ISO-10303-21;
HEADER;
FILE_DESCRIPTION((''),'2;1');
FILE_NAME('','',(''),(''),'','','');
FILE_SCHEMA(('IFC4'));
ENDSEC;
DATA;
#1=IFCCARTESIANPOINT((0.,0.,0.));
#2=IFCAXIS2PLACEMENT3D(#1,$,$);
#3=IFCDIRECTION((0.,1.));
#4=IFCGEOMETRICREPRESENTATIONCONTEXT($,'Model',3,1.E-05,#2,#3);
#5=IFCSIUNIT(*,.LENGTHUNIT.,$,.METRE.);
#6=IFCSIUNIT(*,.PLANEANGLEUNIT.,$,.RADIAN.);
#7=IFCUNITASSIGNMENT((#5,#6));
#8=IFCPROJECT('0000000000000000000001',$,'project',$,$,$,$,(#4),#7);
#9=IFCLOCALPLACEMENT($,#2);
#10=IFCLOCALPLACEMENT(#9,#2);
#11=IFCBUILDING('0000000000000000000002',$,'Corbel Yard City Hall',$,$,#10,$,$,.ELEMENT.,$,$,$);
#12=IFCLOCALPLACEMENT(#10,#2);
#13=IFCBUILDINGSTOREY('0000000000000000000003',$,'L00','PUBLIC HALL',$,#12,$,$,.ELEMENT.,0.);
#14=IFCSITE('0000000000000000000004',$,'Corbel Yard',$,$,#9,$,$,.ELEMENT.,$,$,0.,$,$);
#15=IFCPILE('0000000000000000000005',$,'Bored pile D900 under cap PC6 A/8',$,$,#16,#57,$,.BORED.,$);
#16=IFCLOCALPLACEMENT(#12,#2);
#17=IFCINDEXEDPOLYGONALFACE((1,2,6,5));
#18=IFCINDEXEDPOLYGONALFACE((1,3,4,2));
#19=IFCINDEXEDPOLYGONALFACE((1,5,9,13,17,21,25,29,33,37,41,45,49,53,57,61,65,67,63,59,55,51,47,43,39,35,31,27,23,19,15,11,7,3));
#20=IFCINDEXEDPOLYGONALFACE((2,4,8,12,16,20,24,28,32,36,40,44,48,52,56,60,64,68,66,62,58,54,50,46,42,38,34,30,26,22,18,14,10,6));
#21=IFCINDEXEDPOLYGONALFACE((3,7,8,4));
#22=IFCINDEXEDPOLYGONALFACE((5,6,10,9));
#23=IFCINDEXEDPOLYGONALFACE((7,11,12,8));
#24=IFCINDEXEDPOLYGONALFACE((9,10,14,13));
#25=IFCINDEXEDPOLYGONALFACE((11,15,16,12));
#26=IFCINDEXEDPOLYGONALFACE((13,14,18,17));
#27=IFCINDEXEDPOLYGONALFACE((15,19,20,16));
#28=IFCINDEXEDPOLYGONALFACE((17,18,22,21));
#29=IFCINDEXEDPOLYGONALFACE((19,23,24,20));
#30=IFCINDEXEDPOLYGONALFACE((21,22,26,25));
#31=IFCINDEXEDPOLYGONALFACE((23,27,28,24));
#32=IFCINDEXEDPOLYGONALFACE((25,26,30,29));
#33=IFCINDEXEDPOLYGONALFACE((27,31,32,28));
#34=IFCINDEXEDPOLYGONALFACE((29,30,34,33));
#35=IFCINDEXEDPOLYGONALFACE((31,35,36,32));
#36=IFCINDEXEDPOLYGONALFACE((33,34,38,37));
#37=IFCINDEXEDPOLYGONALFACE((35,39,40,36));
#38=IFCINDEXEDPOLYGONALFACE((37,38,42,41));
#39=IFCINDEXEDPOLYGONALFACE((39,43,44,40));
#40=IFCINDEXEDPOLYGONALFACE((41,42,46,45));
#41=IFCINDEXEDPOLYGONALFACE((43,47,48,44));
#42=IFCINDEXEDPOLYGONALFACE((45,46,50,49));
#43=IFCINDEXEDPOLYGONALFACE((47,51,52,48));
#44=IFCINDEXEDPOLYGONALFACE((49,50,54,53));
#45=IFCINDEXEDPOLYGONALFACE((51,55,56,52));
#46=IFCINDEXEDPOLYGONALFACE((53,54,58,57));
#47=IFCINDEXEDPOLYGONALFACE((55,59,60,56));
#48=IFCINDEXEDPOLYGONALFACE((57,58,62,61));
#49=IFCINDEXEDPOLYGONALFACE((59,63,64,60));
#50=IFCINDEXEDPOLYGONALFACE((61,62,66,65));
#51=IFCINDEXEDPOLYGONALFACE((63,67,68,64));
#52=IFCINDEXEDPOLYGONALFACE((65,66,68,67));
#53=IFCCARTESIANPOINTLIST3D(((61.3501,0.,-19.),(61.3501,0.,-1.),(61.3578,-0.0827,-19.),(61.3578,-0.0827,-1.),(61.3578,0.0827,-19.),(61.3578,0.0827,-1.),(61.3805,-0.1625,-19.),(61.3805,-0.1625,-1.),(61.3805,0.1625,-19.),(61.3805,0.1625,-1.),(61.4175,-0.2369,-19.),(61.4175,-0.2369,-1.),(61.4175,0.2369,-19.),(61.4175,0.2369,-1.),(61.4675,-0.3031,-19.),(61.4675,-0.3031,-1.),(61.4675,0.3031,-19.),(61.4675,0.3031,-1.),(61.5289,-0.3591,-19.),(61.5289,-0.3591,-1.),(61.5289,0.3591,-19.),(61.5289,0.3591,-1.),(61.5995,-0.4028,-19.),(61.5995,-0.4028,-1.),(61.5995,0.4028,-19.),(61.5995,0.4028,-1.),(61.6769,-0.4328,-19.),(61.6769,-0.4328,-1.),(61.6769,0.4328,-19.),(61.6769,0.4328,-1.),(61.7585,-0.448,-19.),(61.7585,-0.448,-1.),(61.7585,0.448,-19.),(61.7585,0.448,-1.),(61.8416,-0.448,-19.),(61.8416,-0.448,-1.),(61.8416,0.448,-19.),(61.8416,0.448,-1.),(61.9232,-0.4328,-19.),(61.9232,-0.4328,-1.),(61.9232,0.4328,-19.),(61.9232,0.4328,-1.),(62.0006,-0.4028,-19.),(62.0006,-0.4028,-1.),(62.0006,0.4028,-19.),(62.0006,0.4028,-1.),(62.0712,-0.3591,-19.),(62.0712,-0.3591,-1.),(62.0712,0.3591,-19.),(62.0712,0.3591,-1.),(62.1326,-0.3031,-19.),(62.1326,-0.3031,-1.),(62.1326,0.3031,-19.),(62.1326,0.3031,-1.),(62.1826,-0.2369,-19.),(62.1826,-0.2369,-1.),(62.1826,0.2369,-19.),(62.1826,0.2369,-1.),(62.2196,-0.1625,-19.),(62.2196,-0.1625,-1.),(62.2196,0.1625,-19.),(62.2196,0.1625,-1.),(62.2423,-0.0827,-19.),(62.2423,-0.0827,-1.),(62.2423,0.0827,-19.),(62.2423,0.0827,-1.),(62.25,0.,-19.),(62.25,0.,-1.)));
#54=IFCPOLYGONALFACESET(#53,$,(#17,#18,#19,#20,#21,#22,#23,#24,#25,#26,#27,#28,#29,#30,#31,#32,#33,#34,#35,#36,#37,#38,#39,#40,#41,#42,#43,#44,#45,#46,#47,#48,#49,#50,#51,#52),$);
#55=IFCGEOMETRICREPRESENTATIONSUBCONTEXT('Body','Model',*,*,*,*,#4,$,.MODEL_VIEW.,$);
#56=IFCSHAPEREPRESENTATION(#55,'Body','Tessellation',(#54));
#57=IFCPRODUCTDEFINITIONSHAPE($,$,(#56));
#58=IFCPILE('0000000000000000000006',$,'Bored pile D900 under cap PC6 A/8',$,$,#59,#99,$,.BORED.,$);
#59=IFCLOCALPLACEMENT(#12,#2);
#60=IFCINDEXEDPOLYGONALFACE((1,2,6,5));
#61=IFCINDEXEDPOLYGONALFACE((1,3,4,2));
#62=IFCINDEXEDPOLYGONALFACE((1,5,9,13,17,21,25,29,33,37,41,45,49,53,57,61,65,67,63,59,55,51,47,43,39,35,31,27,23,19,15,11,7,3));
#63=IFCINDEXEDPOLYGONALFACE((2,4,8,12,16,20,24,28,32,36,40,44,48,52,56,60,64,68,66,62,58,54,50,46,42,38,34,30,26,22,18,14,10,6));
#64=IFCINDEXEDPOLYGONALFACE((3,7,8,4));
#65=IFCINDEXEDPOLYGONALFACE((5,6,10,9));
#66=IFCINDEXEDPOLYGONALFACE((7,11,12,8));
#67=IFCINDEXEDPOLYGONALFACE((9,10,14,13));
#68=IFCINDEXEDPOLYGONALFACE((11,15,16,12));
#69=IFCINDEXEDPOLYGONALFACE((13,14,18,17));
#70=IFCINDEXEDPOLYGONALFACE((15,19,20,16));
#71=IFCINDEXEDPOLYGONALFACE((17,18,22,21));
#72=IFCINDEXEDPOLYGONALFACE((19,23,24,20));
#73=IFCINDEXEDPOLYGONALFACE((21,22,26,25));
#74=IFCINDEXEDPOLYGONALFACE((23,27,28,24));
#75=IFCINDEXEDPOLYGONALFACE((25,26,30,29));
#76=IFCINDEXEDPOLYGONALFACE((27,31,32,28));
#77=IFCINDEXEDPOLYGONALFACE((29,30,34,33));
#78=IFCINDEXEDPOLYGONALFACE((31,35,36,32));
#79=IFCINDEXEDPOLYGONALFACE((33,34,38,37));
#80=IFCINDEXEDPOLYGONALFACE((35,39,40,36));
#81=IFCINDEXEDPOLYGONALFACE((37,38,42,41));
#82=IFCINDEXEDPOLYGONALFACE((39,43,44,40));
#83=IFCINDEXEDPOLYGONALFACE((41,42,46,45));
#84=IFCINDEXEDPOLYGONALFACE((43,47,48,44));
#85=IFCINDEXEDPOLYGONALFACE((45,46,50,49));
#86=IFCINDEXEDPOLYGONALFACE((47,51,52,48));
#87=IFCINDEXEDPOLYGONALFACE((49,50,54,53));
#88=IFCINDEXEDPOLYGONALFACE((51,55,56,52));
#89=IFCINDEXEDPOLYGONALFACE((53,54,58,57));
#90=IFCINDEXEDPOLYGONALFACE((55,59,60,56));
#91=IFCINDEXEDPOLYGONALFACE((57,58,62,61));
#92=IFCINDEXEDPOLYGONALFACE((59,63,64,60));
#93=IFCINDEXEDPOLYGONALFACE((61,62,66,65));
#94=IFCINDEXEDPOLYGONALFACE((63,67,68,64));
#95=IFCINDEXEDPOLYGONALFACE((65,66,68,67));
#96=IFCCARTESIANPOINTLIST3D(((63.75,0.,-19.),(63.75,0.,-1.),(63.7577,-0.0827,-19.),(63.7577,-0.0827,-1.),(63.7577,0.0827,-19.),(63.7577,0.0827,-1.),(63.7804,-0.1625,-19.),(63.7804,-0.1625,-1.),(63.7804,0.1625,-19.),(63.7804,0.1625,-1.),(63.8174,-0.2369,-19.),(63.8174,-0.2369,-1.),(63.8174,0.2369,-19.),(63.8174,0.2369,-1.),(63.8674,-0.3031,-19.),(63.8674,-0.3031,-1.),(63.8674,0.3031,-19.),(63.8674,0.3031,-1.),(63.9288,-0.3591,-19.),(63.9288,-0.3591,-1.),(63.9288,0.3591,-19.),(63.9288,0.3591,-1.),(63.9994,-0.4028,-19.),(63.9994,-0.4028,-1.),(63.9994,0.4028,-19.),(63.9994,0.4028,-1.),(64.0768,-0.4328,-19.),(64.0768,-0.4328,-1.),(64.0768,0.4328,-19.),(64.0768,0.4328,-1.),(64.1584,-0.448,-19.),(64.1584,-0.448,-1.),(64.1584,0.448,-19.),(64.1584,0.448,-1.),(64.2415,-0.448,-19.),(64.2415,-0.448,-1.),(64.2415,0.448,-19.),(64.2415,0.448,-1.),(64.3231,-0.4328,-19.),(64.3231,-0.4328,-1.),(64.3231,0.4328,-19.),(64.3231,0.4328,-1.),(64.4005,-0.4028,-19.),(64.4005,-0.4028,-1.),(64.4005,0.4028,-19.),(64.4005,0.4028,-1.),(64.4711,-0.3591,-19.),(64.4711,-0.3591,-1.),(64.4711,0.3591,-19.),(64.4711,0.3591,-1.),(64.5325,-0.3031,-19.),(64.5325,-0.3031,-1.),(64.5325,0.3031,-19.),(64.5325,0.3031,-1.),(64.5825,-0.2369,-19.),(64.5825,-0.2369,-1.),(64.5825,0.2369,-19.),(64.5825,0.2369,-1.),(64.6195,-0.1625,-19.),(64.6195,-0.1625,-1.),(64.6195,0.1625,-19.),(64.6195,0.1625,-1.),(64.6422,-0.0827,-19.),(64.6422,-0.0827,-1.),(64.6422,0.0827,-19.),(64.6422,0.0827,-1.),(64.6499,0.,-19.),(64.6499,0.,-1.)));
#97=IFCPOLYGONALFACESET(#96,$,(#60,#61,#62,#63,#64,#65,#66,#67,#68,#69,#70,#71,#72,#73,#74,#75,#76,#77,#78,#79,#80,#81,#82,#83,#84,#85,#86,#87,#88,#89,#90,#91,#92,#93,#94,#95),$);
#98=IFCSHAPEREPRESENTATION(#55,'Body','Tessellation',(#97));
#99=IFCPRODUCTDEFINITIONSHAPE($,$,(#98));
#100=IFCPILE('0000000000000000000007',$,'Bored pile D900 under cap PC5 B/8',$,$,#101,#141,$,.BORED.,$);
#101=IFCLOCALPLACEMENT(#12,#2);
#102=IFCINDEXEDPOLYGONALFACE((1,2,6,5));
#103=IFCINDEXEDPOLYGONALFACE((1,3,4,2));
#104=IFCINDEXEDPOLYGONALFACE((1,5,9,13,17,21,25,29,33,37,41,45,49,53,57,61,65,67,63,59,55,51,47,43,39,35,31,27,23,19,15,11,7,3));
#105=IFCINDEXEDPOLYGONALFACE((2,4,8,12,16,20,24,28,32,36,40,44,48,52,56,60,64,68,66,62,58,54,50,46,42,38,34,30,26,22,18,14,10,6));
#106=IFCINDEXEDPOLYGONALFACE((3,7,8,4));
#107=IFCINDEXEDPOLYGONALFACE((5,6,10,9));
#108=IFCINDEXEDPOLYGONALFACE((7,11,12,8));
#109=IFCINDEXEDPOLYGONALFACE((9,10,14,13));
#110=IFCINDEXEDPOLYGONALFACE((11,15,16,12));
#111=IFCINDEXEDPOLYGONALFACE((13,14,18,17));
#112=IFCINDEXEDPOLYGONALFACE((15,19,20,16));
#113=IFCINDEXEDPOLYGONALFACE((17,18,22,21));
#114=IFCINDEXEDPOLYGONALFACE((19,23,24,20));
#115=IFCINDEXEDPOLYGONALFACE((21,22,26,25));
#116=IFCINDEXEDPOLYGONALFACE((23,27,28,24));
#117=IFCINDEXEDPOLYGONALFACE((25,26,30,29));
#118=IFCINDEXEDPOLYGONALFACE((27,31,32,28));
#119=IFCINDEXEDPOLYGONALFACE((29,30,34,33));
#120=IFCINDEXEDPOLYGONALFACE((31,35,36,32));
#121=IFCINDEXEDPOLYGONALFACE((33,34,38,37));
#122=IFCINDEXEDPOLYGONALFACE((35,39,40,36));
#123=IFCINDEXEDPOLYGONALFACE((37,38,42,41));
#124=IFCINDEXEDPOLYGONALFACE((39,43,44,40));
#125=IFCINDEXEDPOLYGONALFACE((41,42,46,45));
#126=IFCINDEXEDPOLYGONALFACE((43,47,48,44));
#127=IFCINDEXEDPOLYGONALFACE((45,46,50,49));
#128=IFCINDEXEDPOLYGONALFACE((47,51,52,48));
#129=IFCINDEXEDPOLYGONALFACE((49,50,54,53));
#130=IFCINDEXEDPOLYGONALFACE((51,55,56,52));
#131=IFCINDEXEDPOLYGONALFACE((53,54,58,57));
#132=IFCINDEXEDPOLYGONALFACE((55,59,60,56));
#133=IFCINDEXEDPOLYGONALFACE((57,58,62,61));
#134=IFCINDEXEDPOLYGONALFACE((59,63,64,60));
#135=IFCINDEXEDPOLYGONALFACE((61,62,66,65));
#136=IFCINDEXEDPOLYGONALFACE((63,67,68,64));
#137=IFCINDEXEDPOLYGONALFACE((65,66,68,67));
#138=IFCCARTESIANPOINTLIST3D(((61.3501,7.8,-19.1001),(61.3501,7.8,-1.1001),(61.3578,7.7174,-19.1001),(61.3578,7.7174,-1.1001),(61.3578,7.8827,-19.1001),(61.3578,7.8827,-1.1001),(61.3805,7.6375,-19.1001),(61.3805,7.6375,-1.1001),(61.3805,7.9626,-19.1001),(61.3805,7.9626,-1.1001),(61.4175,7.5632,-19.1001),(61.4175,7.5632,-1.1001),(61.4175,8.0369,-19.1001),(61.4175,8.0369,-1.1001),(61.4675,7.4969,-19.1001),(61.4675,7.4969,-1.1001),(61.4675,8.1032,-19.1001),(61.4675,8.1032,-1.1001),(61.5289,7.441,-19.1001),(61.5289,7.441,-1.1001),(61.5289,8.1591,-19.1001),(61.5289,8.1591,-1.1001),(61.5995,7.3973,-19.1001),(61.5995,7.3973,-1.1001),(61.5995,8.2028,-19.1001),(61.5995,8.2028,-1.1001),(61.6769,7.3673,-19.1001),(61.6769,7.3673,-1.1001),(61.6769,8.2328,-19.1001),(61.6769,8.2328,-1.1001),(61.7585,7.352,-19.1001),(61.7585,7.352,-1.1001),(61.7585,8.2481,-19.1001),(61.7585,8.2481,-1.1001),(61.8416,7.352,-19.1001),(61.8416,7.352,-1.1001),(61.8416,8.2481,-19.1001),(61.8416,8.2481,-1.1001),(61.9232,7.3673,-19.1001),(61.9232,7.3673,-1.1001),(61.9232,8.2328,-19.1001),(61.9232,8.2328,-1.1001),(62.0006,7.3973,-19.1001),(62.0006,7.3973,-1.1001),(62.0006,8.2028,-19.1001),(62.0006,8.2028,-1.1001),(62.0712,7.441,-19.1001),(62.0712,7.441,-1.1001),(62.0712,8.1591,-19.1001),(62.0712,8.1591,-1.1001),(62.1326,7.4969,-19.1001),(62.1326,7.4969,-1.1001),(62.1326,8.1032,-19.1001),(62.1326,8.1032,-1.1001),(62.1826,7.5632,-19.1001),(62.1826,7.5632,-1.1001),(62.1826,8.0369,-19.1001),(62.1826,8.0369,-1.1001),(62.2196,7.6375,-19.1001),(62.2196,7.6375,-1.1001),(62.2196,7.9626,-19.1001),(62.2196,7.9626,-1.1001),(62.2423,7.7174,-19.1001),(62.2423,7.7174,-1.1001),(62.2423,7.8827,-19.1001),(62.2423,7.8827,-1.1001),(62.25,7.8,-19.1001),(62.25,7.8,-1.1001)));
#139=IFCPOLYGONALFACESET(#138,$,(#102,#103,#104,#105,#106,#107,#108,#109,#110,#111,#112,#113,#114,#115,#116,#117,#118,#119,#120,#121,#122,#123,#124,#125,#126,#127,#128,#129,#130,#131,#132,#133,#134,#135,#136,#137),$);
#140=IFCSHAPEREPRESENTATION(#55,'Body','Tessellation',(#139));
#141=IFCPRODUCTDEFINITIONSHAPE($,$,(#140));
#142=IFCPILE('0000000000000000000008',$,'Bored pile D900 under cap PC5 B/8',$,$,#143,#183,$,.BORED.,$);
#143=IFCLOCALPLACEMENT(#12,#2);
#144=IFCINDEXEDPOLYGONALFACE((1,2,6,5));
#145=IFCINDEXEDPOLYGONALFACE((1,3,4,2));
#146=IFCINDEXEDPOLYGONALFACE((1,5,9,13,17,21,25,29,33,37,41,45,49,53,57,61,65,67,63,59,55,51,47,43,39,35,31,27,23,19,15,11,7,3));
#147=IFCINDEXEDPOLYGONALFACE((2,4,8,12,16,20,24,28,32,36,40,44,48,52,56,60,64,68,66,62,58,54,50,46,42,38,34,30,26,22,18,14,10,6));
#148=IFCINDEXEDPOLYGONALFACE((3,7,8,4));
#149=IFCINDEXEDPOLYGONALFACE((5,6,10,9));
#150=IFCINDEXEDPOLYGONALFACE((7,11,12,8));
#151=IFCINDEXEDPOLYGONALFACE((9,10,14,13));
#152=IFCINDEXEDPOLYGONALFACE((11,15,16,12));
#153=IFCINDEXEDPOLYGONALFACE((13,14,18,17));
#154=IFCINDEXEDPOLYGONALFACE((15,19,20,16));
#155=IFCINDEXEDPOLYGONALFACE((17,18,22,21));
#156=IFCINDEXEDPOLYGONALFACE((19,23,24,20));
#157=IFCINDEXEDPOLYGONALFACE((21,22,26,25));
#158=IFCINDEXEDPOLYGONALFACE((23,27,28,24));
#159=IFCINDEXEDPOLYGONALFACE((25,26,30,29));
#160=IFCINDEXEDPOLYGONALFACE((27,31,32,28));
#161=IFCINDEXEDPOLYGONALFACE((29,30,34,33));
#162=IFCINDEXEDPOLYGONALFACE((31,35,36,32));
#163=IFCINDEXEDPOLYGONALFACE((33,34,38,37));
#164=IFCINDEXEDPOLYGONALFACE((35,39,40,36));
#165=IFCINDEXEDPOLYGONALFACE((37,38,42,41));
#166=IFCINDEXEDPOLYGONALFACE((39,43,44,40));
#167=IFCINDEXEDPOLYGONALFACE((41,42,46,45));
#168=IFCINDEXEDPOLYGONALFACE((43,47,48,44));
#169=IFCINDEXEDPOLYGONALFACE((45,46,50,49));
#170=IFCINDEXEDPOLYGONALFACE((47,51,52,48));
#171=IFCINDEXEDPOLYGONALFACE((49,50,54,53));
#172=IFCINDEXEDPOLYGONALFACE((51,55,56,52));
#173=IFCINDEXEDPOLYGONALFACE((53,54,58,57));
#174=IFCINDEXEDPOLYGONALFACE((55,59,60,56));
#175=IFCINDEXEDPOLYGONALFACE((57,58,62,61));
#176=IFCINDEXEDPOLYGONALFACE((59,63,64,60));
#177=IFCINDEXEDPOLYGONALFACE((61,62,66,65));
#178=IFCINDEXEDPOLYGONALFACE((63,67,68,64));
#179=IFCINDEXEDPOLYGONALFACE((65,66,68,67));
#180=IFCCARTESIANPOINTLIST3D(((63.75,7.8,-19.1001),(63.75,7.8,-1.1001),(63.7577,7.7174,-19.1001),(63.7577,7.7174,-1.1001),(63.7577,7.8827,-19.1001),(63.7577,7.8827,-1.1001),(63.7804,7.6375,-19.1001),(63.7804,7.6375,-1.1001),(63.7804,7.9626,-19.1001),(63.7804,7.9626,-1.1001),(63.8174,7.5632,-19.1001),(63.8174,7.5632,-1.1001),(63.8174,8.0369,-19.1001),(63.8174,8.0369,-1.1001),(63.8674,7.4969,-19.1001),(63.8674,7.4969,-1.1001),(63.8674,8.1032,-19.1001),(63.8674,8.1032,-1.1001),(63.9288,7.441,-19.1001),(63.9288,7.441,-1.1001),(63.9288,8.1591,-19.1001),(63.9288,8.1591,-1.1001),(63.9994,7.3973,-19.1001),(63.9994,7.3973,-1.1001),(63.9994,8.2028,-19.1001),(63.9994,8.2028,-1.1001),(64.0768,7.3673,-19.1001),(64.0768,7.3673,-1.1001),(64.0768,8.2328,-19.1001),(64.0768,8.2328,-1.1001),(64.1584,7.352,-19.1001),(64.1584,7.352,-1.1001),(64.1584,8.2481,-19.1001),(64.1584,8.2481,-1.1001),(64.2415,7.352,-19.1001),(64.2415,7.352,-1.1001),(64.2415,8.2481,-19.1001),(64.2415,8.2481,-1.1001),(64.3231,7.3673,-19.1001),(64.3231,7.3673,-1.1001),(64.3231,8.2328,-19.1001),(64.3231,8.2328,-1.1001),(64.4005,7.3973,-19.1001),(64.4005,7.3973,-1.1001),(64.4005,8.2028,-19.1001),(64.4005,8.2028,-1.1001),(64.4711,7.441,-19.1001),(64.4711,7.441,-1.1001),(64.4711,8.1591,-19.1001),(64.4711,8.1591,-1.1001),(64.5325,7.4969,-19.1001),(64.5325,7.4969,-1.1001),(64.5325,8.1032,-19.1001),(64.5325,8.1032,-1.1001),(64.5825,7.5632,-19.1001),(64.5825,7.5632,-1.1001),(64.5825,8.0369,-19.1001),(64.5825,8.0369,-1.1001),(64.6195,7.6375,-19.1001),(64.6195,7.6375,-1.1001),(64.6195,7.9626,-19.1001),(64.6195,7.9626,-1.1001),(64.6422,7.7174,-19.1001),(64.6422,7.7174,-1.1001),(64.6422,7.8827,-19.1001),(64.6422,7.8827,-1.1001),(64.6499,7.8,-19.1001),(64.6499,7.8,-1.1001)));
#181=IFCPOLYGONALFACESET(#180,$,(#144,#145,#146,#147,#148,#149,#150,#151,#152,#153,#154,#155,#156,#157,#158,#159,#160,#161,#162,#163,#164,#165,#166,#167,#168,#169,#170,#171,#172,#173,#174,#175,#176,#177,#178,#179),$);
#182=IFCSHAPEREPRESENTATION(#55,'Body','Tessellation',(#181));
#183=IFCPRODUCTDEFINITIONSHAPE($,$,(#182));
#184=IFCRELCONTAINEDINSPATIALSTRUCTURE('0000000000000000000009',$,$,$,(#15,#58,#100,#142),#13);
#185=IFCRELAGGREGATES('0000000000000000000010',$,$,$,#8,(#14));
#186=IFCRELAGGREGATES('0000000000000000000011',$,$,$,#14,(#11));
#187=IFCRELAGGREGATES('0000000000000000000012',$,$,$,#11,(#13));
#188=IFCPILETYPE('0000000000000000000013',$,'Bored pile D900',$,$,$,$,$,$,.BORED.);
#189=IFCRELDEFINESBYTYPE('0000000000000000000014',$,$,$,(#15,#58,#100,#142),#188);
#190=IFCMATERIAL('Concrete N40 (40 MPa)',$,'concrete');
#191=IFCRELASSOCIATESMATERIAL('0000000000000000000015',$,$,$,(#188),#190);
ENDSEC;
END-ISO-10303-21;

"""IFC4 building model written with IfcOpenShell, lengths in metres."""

from ifc_helpers import new_model, si_unit, direction, frame, origin, origin_2d, place, context, subcontext, project, spatial, circle, extrude, material, material_profile, profile_set, type_object, element, save


model = new_model("IFC4")

# Units and contexts
model_context = context("Model", 3, precision=1e-05, world=origin(), true_north=direction((0.0, 1.0)))
body_context = subcontext(model_context, "Body", "Model", "MODEL_VIEW")
ifc_project = project(units=[si_unit("LENGTHUNIT", "METRE"), si_unit("PLANEANGLEUNIT", "RADIAN")], contexts=[model_context])

# Site, building, storey
site_placement = place(None, origin())
site = spatial("IfcSite", under=ifc_project, at=site_placement, Name="Corbel Yard", CompositionType="ELEMENT", RefElevation=0.0)
building_placement = place(site_placement, origin())
building = spatial("IfcBuilding", under=site, at=building_placement, Name="Corbel Yard City Hall", CompositionType="ELEMENT")
storey_placement = place(building_placement, origin())
storey = spatial("IfcBuildingStorey", under=building, at=storey_placement, Name="L00", Description="PUBLIC HALL", CompositionType="ELEMENT", Elevation=0.0)

# Piles
ifc_material_1 = material(Name="Concrete N40 (40 MPa)", Category="concrete")
ifc_material_profile_1 = material_profile(ifc_material_1, circle(Radius=0.45, at=origin_2d()), Name="D900")
ifc_profile_set_1 = profile_set([ifc_material_profile_1], Name="Concrete N40 (40 MPa)")
pile_type = type_object("IfcPileType", Name="Bored pile D900", PredefinedType="BORED", material=ifc_profile_set_1)
for number, where, z_axis, x_axis, name in (
    (1, (61.8, 0.0, -1.0), (0.0, 0.0, -1.0), (1.0, 0.0, 0.0), "Bored pile D900 under cap PC6 A/8"),
    (2, (64.2, 0.0, -1.0), (0.0, 0.0, -1.0), (1.0, 0.0, 0.0), "Bored pile D900 under cap PC6 A/8"),
    (3, (61.8, 7.8, -1.1001), (0.0, 0.0, -1.0), (1.0, 0.0, 0.0), "Bored pile D900 under cap PC5 B/8"),
    (4, (64.2, 7.8, -1.1001), (0.0, 0.0, -1.0), (1.0, 0.0, 0.0), "Bored pile D900 under cap PC5 B/8"),
):
    element("IfcPile", number, at=place(storey_placement, frame(where, z_axis=z_axis, x_axis=x_axis)), inside=storey, type_object=pile_type, Name=name, PredefinedType="BORED", context=body_context, shape_type="SweptSolid", body=[
        extrude(circle(Radius=0.45, at=origin_2d()), origin(), (0.0, 0.0, 1.0), 18.0),
    ])

save(model, "model.ifc")
